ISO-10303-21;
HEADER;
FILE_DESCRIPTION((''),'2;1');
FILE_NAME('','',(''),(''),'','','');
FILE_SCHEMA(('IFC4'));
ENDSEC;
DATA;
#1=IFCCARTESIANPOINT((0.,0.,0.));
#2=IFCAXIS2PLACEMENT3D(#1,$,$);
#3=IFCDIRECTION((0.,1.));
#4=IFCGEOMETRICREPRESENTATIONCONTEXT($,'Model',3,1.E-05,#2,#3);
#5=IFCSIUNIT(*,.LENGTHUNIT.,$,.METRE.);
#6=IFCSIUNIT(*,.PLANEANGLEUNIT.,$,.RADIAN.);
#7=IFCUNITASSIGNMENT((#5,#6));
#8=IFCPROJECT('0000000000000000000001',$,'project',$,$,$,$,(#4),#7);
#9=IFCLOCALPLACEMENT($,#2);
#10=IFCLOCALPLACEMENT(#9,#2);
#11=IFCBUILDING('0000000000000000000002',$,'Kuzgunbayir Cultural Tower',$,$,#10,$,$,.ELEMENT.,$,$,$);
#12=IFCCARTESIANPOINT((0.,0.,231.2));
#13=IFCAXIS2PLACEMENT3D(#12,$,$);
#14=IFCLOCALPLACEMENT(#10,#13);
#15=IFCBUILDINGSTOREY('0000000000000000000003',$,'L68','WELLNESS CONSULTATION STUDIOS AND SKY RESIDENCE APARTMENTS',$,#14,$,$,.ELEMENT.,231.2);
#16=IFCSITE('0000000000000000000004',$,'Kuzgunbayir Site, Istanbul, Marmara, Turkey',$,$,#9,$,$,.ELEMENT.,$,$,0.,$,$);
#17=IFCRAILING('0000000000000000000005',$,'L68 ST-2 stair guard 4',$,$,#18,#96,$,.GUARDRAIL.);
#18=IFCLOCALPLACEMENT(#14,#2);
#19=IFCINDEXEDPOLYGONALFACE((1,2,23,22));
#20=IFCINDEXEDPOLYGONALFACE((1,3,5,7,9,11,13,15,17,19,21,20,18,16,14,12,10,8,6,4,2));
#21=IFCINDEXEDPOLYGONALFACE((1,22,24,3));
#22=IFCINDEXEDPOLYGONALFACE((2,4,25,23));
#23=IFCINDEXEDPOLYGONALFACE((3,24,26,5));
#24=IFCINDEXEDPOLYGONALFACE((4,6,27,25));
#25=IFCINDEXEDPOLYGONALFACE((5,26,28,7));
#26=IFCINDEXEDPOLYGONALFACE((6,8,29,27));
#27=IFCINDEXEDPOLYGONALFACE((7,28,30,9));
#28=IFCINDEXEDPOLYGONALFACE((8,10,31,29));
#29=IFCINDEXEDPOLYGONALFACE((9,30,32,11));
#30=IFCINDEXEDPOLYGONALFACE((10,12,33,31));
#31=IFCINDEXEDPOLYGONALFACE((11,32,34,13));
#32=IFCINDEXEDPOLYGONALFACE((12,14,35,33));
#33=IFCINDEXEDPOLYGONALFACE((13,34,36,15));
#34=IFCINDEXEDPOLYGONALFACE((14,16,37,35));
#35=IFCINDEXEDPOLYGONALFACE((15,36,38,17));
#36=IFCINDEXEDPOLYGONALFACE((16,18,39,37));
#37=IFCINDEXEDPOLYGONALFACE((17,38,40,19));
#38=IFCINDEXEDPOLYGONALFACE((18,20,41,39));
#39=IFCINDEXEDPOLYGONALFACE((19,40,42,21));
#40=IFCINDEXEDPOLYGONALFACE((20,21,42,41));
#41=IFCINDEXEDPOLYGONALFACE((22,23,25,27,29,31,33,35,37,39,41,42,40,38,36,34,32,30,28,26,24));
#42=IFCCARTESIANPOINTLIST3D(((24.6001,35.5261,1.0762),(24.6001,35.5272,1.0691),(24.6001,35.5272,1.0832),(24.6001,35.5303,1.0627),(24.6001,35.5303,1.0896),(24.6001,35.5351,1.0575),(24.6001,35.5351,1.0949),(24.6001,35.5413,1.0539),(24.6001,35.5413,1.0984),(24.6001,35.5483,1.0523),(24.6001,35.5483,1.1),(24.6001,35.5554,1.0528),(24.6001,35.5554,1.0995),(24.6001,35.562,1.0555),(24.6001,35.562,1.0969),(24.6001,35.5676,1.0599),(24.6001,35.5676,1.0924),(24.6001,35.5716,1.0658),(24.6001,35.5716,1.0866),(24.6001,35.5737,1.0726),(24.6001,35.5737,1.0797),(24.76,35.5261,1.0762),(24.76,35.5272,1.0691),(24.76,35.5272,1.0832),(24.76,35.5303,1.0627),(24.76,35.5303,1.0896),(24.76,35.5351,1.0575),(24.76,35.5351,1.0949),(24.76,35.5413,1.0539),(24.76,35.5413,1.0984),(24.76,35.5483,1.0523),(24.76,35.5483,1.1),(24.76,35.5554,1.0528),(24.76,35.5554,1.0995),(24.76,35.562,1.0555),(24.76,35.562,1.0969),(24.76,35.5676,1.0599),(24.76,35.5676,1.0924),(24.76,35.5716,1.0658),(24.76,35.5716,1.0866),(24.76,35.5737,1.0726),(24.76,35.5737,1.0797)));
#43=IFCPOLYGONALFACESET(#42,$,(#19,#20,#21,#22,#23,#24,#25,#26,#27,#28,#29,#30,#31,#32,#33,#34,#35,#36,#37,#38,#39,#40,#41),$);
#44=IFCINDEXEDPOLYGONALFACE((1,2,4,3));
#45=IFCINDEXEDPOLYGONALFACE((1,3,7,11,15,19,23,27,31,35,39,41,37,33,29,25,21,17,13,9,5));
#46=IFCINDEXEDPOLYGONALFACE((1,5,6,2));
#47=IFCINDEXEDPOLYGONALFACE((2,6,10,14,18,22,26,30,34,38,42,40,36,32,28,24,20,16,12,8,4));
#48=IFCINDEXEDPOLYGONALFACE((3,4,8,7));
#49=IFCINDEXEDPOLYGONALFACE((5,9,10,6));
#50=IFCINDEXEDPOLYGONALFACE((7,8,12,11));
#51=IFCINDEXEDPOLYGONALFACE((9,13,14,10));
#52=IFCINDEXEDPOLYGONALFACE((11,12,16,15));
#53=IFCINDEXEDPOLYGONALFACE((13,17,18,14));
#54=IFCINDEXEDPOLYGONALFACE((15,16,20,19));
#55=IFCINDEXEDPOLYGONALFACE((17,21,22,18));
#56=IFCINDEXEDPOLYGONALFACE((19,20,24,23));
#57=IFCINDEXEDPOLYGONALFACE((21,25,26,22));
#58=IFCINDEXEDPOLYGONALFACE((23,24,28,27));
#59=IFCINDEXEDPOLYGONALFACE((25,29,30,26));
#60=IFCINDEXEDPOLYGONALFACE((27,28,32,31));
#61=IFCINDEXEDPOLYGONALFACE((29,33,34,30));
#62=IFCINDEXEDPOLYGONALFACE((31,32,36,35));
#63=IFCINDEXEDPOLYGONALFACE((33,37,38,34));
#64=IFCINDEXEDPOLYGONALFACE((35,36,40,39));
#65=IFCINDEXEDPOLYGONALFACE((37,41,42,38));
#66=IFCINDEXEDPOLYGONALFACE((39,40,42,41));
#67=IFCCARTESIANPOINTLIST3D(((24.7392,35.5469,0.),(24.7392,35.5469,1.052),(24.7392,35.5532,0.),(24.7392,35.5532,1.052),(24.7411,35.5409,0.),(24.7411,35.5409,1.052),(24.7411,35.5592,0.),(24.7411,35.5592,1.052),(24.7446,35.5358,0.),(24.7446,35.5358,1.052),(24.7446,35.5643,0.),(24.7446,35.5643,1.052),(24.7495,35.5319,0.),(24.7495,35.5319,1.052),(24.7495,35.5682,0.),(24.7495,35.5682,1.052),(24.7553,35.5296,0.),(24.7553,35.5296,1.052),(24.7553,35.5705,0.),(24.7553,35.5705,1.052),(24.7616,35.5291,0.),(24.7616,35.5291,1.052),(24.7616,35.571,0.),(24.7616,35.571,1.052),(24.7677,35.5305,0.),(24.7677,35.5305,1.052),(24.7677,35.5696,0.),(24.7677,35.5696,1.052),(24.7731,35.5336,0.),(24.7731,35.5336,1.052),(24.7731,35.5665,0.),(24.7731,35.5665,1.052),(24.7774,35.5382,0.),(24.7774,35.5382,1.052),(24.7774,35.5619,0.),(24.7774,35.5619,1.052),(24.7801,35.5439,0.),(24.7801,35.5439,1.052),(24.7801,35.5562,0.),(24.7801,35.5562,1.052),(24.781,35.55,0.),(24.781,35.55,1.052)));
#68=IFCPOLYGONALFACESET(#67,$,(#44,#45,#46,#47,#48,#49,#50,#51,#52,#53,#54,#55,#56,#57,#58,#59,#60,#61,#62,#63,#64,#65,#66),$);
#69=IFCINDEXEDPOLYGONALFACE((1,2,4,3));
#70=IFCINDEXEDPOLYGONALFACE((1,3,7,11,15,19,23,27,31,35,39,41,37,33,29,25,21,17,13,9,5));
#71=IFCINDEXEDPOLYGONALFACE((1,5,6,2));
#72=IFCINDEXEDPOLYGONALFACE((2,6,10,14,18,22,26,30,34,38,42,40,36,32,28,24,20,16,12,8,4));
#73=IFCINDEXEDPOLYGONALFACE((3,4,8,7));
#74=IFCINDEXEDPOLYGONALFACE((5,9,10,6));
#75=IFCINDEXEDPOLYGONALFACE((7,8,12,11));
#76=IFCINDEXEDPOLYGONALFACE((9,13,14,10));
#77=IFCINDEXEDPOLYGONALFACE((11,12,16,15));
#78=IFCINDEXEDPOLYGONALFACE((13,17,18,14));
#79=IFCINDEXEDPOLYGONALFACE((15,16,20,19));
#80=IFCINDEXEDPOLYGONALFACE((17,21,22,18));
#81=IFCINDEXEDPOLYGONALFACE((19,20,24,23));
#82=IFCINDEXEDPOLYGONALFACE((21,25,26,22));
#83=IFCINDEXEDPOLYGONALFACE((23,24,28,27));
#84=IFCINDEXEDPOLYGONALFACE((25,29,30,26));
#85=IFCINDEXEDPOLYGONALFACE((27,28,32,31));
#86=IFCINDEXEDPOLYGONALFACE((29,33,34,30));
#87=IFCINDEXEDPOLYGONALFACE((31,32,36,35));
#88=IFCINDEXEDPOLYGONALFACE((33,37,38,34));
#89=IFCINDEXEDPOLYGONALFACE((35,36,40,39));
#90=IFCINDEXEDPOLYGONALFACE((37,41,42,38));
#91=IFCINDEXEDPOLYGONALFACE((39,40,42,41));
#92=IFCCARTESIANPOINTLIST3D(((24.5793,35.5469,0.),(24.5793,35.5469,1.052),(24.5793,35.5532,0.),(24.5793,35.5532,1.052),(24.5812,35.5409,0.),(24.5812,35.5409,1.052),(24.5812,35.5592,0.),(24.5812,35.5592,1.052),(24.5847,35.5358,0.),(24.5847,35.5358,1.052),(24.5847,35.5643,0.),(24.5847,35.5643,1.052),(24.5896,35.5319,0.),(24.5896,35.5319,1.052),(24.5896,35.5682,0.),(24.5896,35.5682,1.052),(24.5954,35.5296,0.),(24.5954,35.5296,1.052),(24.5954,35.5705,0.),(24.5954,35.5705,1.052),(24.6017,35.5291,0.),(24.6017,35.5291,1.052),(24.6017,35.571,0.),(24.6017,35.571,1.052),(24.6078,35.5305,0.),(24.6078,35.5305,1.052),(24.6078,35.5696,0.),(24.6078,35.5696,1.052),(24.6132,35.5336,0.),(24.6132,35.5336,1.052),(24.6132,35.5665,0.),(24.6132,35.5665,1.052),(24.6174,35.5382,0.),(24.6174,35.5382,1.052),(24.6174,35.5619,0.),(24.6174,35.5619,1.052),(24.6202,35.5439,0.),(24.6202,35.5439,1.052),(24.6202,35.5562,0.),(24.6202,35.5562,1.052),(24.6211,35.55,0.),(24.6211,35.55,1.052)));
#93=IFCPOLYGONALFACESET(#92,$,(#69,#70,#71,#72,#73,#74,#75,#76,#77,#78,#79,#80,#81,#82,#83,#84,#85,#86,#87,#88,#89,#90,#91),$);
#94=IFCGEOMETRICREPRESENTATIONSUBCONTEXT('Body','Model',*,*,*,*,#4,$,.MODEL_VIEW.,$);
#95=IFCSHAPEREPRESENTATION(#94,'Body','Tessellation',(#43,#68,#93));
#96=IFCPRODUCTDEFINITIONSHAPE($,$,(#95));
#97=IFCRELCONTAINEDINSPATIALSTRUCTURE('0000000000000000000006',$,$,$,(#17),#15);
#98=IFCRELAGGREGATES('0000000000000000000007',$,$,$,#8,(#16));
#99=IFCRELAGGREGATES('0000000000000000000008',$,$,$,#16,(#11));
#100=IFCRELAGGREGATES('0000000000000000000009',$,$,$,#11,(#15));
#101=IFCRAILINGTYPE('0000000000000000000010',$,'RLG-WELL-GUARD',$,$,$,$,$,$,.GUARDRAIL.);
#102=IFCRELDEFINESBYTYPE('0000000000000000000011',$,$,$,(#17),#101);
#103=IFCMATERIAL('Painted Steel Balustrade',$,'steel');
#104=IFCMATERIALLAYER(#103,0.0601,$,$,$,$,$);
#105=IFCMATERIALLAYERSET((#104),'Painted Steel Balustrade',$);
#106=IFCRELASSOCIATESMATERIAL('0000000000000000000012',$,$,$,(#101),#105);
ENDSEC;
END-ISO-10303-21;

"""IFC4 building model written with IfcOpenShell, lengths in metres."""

from ifc_helpers import new_model, si_unit, direction, frame, origin, origin_2d, place, context, subcontext, project, spatial, circle, extrude, material, layer, layer_set, type_object, element, save


model = new_model("IFC4")

# Units and contexts
model_context = context("Model", 3, precision=1e-05, world=origin(), true_north=direction((0.0, 1.0)))
body_context = subcontext(model_context, "Body", "Model", "MODEL_VIEW")
ifc_project = project(units=[si_unit("LENGTHUNIT", "METRE"), si_unit("PLANEANGLEUNIT", "RADIAN")], contexts=[model_context])

# Site, building, storey
site_placement = place(None, origin())
site = spatial("IfcSite", under=ifc_project, at=site_placement, Name="Kuzgunbayir Site, Istanbul, Marmara, Turkey", CompositionType="ELEMENT", RefElevation=0.0)
building_placement = place(site_placement, origin())
building = spatial("IfcBuilding", under=site, at=building_placement, Name="Kuzgunbayir Cultural Tower", CompositionType="ELEMENT")
storey_placement = place(building_placement, frame((0.0, 0.0, 231.2)))
storey = spatial("IfcBuildingStorey", under=building, at=storey_placement, Name="L68", Description="WELLNESS CONSULTATION STUDIOS AND SKY RESIDENCE APARTMENTS", CompositionType="ELEMENT", Elevation=231.2)

# Railing
ifc_material_1 = material(Name="Painted Steel Balustrade", Category="steel")
ifc_layer_1 = layer(ifc_material_1, 0.0601)
ifc_layer_set_1 = layer_set([ifc_layer_1], Name="Painted Steel Balustrade")
railing_type_1 = type_object("IfcRailingType", Name="RLG-WELL-GUARD", PredefinedType="GUARDRAIL", material=ifc_layer_set_1)
railing_1_placement = place(storey_placement, frame((24.76, 35.55, 0.0)))
element("IfcRailing", 1, at=railing_1_placement, inside=storey, type_object=railing_type_1, Name="L68 ST-2 stair guard 4", PredefinedType="GUARDRAIL", context=body_context, shape_type="SweptSolid", body=[
    extrude(circle(Radius=0.0239, at=origin_2d()), frame((0.0, 0.0, 1.0762), z_axis=(-1.0, 0.0, 0.0), x_axis=(0.0, -1.0, 0.0)), (0.0, 0.0, 1.0), 0.1599),
    extrude(circle(Radius=0.021, at=origin_2d()), origin(), (0.0, 0.0, 1.0), 1.052),
    extrude(circle(Radius=0.021, at=origin_2d()), frame((-0.1599, 0.0, 0.0)), (0.0, 0.0, 1.0), 1.052),
])

save(model, "model.ifc")
